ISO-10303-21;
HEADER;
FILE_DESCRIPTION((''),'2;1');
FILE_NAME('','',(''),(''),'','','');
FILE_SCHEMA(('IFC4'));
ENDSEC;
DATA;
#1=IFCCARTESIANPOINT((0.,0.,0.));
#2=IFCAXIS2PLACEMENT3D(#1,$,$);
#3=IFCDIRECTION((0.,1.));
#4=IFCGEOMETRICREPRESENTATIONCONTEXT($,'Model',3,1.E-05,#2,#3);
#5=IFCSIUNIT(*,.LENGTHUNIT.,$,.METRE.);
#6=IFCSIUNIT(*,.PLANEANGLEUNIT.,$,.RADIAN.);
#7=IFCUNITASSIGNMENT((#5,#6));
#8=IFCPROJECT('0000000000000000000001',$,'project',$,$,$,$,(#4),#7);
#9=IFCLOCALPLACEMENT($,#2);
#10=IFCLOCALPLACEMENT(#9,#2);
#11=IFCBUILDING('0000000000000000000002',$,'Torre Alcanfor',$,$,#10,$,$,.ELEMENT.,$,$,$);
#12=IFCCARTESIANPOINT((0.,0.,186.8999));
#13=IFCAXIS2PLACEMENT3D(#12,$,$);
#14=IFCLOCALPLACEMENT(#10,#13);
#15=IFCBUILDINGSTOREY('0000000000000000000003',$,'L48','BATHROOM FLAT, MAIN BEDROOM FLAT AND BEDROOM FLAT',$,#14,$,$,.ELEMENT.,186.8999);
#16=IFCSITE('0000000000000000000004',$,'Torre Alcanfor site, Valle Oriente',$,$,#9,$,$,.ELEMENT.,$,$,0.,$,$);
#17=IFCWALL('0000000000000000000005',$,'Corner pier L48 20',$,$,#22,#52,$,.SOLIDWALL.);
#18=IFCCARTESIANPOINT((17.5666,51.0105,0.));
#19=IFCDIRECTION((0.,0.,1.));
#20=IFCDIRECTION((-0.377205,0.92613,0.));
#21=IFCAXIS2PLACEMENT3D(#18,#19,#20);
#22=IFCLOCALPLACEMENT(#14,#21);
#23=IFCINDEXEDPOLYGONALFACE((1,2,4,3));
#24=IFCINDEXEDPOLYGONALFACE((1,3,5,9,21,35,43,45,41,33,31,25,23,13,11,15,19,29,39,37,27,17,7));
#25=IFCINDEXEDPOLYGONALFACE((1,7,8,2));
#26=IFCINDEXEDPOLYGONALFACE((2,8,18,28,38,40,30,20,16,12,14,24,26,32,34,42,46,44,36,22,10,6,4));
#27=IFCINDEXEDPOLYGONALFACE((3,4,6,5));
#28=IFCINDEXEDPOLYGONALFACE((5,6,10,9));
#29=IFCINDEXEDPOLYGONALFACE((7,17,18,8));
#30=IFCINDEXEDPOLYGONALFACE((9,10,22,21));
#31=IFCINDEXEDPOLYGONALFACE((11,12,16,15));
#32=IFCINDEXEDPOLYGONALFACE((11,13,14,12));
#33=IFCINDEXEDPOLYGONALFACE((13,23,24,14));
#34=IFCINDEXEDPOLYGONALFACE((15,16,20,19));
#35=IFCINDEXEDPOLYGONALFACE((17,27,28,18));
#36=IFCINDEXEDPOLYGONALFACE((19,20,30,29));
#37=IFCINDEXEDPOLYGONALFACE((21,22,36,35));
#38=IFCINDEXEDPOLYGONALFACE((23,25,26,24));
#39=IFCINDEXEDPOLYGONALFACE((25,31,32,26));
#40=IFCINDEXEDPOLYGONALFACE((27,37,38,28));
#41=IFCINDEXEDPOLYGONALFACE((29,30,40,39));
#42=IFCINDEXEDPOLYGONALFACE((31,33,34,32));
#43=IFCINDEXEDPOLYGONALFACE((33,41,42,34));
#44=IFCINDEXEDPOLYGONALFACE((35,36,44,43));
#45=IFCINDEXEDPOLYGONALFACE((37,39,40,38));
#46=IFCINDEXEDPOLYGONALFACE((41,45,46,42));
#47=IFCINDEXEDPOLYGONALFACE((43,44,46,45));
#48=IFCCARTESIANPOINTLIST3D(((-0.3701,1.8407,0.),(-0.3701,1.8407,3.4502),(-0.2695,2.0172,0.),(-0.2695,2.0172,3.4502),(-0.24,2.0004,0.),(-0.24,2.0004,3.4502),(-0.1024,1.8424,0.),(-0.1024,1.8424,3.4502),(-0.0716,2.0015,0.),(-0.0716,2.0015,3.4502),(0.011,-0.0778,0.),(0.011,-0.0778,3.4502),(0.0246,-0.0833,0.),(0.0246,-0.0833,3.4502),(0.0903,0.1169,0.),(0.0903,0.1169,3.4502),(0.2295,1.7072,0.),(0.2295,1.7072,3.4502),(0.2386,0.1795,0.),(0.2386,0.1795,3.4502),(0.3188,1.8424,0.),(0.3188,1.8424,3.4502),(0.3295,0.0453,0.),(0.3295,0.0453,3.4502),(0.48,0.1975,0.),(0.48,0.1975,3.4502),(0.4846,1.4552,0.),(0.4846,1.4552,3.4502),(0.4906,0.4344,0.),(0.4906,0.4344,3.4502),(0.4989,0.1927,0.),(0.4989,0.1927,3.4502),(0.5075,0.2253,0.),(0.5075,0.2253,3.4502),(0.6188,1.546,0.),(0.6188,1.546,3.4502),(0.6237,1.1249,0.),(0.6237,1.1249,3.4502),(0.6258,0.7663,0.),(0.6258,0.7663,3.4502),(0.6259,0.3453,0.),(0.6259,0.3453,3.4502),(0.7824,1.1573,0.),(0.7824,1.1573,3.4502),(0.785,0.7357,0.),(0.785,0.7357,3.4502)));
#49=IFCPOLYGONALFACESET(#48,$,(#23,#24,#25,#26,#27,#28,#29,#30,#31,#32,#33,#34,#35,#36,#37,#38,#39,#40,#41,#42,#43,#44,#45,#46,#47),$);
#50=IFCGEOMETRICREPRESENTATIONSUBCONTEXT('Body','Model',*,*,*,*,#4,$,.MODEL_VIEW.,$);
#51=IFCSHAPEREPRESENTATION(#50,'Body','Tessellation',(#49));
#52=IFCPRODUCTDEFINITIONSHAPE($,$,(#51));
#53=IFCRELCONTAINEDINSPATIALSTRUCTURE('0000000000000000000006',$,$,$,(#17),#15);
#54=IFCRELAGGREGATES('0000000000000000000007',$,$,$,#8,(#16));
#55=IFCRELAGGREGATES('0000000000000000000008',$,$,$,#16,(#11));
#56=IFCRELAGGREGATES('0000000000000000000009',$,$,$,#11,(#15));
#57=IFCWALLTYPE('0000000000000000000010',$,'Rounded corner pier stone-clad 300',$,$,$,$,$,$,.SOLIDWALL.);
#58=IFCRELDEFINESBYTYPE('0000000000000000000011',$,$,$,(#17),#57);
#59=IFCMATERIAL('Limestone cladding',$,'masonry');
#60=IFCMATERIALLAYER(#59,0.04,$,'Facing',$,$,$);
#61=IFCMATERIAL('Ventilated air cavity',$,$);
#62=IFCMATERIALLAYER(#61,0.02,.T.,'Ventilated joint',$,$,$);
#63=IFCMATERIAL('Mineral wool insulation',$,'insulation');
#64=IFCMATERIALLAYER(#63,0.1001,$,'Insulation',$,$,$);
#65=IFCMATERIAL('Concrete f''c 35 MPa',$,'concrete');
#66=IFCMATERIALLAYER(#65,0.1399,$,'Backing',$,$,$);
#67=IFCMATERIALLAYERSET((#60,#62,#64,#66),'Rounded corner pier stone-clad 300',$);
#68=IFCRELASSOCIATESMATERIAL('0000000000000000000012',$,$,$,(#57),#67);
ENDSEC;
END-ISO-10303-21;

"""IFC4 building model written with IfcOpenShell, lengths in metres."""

from ifc_helpers import new_model, si_unit, direction, frame, origin, place, context, subcontext, project, spatial, polyline, outline, extrude, material, layer, layer_set, type_object, element, save


model = new_model("IFC4")

# Units and contexts
model_context = context("Model", 3, precision=1e-05, world=origin(), true_north=direction((0.0, 1.0)))
body_context = subcontext(model_context, "Body", "Model", "MODEL_VIEW")
ifc_project = project(units=[si_unit("LENGTHUNIT", "METRE"), si_unit("PLANEANGLEUNIT", "RADIAN")], contexts=[model_context])

# Site, building, storey
site_placement = place(None, origin())
site = spatial("IfcSite", under=ifc_project, at=site_placement, Name="Torre Alcanfor site, Valle Oriente", CompositionType="ELEMENT", RefElevation=0.0)
building_placement = place(site_placement, origin())
building = spatial("IfcBuilding", under=site, at=building_placement, Name="Torre Alcanfor", CompositionType="ELEMENT")
storey_placement = place(building_placement, frame((0.0, 0.0, 186.8999)))
storey = spatial("IfcBuildingStorey", under=building, at=storey_placement, Name="L48", Description="BATHROOM FLAT, MAIN BEDROOM FLAT AND BEDROOM FLAT", CompositionType="ELEMENT", Elevation=186.8999)

# Shared definitions
ifc_material_1 = material(Name="Limestone cladding", Category="masonry")
ifc_material_2 = material(Name="Ventilated air cavity")
ifc_material_3 = material(Name="Mineral wool insulation", Category="insulation")
ifc_material_4 = material(Name="Concrete f'c 35 MPa", Category="concrete")

# Wall
ifc_layer_1 = layer(ifc_material_1, 0.04, Name="Facing")
ifc_layer_2 = layer(ifc_material_2, 0.02, ventilated=True, Name="Ventilated joint")
ifc_layer_3 = layer(ifc_material_3, 0.1001, Name="Insulation")
ifc_layer_4 = layer(ifc_material_4, 0.1399, Name="Backing")
ifc_layer_set_1 = layer_set([ifc_layer_1, ifc_layer_2, ifc_layer_3, ifc_layer_4], Name="Rounded corner pier stone-clad 300")
wall_type_1 = type_object("IfcWallType", Name="Rounded corner pier stone-clad 300", PredefinedType="SOLIDWALL", material=ifc_layer_set_1)
wall_1_placement = place(storey_placement, frame((17.5666, 51.0105, 0.0), z_axis=(0.0, 0.0, 1.0), x_axis=(-0.377205, 0.92613, 0.0)))
element("IfcWall", 1, at=wall_1_placement, inside=storey, type_object=wall_type_1, Name="Corner pier L48 20", PredefinedType="SOLIDWALL", context=body_context, shape_type="SweptSolid", body=[
    extrude(outline(polyline([(-0.2695, 2.0172), (-0.3701, 1.8407), (-0.1024, 1.8424), (0.2295, 1.7072), (0.4846, 1.4552), (0.6237, 1.1249), (0.6258, 0.7663), (0.4906, 0.4344), (0.2386, 0.1795), (0.0903, 0.1169), (0.011, -0.0778), (0.0246, -0.0833), (0.3295, 0.0453), (0.48, 0.1975), (0.4989, 0.1927), (0.5075, 0.2253), (0.6259, 0.3453), (0.785, 0.7357), (0.7824, 1.1573), (0.6188, 1.546), (0.3188, 1.8424), (-0.0716, 2.0015), (-0.24, 2.0004), (-0.2695, 2.0172)])), origin(), (0.0, 0.0, 1.0), 3.4502),
])

save(model, "model.ifc")
